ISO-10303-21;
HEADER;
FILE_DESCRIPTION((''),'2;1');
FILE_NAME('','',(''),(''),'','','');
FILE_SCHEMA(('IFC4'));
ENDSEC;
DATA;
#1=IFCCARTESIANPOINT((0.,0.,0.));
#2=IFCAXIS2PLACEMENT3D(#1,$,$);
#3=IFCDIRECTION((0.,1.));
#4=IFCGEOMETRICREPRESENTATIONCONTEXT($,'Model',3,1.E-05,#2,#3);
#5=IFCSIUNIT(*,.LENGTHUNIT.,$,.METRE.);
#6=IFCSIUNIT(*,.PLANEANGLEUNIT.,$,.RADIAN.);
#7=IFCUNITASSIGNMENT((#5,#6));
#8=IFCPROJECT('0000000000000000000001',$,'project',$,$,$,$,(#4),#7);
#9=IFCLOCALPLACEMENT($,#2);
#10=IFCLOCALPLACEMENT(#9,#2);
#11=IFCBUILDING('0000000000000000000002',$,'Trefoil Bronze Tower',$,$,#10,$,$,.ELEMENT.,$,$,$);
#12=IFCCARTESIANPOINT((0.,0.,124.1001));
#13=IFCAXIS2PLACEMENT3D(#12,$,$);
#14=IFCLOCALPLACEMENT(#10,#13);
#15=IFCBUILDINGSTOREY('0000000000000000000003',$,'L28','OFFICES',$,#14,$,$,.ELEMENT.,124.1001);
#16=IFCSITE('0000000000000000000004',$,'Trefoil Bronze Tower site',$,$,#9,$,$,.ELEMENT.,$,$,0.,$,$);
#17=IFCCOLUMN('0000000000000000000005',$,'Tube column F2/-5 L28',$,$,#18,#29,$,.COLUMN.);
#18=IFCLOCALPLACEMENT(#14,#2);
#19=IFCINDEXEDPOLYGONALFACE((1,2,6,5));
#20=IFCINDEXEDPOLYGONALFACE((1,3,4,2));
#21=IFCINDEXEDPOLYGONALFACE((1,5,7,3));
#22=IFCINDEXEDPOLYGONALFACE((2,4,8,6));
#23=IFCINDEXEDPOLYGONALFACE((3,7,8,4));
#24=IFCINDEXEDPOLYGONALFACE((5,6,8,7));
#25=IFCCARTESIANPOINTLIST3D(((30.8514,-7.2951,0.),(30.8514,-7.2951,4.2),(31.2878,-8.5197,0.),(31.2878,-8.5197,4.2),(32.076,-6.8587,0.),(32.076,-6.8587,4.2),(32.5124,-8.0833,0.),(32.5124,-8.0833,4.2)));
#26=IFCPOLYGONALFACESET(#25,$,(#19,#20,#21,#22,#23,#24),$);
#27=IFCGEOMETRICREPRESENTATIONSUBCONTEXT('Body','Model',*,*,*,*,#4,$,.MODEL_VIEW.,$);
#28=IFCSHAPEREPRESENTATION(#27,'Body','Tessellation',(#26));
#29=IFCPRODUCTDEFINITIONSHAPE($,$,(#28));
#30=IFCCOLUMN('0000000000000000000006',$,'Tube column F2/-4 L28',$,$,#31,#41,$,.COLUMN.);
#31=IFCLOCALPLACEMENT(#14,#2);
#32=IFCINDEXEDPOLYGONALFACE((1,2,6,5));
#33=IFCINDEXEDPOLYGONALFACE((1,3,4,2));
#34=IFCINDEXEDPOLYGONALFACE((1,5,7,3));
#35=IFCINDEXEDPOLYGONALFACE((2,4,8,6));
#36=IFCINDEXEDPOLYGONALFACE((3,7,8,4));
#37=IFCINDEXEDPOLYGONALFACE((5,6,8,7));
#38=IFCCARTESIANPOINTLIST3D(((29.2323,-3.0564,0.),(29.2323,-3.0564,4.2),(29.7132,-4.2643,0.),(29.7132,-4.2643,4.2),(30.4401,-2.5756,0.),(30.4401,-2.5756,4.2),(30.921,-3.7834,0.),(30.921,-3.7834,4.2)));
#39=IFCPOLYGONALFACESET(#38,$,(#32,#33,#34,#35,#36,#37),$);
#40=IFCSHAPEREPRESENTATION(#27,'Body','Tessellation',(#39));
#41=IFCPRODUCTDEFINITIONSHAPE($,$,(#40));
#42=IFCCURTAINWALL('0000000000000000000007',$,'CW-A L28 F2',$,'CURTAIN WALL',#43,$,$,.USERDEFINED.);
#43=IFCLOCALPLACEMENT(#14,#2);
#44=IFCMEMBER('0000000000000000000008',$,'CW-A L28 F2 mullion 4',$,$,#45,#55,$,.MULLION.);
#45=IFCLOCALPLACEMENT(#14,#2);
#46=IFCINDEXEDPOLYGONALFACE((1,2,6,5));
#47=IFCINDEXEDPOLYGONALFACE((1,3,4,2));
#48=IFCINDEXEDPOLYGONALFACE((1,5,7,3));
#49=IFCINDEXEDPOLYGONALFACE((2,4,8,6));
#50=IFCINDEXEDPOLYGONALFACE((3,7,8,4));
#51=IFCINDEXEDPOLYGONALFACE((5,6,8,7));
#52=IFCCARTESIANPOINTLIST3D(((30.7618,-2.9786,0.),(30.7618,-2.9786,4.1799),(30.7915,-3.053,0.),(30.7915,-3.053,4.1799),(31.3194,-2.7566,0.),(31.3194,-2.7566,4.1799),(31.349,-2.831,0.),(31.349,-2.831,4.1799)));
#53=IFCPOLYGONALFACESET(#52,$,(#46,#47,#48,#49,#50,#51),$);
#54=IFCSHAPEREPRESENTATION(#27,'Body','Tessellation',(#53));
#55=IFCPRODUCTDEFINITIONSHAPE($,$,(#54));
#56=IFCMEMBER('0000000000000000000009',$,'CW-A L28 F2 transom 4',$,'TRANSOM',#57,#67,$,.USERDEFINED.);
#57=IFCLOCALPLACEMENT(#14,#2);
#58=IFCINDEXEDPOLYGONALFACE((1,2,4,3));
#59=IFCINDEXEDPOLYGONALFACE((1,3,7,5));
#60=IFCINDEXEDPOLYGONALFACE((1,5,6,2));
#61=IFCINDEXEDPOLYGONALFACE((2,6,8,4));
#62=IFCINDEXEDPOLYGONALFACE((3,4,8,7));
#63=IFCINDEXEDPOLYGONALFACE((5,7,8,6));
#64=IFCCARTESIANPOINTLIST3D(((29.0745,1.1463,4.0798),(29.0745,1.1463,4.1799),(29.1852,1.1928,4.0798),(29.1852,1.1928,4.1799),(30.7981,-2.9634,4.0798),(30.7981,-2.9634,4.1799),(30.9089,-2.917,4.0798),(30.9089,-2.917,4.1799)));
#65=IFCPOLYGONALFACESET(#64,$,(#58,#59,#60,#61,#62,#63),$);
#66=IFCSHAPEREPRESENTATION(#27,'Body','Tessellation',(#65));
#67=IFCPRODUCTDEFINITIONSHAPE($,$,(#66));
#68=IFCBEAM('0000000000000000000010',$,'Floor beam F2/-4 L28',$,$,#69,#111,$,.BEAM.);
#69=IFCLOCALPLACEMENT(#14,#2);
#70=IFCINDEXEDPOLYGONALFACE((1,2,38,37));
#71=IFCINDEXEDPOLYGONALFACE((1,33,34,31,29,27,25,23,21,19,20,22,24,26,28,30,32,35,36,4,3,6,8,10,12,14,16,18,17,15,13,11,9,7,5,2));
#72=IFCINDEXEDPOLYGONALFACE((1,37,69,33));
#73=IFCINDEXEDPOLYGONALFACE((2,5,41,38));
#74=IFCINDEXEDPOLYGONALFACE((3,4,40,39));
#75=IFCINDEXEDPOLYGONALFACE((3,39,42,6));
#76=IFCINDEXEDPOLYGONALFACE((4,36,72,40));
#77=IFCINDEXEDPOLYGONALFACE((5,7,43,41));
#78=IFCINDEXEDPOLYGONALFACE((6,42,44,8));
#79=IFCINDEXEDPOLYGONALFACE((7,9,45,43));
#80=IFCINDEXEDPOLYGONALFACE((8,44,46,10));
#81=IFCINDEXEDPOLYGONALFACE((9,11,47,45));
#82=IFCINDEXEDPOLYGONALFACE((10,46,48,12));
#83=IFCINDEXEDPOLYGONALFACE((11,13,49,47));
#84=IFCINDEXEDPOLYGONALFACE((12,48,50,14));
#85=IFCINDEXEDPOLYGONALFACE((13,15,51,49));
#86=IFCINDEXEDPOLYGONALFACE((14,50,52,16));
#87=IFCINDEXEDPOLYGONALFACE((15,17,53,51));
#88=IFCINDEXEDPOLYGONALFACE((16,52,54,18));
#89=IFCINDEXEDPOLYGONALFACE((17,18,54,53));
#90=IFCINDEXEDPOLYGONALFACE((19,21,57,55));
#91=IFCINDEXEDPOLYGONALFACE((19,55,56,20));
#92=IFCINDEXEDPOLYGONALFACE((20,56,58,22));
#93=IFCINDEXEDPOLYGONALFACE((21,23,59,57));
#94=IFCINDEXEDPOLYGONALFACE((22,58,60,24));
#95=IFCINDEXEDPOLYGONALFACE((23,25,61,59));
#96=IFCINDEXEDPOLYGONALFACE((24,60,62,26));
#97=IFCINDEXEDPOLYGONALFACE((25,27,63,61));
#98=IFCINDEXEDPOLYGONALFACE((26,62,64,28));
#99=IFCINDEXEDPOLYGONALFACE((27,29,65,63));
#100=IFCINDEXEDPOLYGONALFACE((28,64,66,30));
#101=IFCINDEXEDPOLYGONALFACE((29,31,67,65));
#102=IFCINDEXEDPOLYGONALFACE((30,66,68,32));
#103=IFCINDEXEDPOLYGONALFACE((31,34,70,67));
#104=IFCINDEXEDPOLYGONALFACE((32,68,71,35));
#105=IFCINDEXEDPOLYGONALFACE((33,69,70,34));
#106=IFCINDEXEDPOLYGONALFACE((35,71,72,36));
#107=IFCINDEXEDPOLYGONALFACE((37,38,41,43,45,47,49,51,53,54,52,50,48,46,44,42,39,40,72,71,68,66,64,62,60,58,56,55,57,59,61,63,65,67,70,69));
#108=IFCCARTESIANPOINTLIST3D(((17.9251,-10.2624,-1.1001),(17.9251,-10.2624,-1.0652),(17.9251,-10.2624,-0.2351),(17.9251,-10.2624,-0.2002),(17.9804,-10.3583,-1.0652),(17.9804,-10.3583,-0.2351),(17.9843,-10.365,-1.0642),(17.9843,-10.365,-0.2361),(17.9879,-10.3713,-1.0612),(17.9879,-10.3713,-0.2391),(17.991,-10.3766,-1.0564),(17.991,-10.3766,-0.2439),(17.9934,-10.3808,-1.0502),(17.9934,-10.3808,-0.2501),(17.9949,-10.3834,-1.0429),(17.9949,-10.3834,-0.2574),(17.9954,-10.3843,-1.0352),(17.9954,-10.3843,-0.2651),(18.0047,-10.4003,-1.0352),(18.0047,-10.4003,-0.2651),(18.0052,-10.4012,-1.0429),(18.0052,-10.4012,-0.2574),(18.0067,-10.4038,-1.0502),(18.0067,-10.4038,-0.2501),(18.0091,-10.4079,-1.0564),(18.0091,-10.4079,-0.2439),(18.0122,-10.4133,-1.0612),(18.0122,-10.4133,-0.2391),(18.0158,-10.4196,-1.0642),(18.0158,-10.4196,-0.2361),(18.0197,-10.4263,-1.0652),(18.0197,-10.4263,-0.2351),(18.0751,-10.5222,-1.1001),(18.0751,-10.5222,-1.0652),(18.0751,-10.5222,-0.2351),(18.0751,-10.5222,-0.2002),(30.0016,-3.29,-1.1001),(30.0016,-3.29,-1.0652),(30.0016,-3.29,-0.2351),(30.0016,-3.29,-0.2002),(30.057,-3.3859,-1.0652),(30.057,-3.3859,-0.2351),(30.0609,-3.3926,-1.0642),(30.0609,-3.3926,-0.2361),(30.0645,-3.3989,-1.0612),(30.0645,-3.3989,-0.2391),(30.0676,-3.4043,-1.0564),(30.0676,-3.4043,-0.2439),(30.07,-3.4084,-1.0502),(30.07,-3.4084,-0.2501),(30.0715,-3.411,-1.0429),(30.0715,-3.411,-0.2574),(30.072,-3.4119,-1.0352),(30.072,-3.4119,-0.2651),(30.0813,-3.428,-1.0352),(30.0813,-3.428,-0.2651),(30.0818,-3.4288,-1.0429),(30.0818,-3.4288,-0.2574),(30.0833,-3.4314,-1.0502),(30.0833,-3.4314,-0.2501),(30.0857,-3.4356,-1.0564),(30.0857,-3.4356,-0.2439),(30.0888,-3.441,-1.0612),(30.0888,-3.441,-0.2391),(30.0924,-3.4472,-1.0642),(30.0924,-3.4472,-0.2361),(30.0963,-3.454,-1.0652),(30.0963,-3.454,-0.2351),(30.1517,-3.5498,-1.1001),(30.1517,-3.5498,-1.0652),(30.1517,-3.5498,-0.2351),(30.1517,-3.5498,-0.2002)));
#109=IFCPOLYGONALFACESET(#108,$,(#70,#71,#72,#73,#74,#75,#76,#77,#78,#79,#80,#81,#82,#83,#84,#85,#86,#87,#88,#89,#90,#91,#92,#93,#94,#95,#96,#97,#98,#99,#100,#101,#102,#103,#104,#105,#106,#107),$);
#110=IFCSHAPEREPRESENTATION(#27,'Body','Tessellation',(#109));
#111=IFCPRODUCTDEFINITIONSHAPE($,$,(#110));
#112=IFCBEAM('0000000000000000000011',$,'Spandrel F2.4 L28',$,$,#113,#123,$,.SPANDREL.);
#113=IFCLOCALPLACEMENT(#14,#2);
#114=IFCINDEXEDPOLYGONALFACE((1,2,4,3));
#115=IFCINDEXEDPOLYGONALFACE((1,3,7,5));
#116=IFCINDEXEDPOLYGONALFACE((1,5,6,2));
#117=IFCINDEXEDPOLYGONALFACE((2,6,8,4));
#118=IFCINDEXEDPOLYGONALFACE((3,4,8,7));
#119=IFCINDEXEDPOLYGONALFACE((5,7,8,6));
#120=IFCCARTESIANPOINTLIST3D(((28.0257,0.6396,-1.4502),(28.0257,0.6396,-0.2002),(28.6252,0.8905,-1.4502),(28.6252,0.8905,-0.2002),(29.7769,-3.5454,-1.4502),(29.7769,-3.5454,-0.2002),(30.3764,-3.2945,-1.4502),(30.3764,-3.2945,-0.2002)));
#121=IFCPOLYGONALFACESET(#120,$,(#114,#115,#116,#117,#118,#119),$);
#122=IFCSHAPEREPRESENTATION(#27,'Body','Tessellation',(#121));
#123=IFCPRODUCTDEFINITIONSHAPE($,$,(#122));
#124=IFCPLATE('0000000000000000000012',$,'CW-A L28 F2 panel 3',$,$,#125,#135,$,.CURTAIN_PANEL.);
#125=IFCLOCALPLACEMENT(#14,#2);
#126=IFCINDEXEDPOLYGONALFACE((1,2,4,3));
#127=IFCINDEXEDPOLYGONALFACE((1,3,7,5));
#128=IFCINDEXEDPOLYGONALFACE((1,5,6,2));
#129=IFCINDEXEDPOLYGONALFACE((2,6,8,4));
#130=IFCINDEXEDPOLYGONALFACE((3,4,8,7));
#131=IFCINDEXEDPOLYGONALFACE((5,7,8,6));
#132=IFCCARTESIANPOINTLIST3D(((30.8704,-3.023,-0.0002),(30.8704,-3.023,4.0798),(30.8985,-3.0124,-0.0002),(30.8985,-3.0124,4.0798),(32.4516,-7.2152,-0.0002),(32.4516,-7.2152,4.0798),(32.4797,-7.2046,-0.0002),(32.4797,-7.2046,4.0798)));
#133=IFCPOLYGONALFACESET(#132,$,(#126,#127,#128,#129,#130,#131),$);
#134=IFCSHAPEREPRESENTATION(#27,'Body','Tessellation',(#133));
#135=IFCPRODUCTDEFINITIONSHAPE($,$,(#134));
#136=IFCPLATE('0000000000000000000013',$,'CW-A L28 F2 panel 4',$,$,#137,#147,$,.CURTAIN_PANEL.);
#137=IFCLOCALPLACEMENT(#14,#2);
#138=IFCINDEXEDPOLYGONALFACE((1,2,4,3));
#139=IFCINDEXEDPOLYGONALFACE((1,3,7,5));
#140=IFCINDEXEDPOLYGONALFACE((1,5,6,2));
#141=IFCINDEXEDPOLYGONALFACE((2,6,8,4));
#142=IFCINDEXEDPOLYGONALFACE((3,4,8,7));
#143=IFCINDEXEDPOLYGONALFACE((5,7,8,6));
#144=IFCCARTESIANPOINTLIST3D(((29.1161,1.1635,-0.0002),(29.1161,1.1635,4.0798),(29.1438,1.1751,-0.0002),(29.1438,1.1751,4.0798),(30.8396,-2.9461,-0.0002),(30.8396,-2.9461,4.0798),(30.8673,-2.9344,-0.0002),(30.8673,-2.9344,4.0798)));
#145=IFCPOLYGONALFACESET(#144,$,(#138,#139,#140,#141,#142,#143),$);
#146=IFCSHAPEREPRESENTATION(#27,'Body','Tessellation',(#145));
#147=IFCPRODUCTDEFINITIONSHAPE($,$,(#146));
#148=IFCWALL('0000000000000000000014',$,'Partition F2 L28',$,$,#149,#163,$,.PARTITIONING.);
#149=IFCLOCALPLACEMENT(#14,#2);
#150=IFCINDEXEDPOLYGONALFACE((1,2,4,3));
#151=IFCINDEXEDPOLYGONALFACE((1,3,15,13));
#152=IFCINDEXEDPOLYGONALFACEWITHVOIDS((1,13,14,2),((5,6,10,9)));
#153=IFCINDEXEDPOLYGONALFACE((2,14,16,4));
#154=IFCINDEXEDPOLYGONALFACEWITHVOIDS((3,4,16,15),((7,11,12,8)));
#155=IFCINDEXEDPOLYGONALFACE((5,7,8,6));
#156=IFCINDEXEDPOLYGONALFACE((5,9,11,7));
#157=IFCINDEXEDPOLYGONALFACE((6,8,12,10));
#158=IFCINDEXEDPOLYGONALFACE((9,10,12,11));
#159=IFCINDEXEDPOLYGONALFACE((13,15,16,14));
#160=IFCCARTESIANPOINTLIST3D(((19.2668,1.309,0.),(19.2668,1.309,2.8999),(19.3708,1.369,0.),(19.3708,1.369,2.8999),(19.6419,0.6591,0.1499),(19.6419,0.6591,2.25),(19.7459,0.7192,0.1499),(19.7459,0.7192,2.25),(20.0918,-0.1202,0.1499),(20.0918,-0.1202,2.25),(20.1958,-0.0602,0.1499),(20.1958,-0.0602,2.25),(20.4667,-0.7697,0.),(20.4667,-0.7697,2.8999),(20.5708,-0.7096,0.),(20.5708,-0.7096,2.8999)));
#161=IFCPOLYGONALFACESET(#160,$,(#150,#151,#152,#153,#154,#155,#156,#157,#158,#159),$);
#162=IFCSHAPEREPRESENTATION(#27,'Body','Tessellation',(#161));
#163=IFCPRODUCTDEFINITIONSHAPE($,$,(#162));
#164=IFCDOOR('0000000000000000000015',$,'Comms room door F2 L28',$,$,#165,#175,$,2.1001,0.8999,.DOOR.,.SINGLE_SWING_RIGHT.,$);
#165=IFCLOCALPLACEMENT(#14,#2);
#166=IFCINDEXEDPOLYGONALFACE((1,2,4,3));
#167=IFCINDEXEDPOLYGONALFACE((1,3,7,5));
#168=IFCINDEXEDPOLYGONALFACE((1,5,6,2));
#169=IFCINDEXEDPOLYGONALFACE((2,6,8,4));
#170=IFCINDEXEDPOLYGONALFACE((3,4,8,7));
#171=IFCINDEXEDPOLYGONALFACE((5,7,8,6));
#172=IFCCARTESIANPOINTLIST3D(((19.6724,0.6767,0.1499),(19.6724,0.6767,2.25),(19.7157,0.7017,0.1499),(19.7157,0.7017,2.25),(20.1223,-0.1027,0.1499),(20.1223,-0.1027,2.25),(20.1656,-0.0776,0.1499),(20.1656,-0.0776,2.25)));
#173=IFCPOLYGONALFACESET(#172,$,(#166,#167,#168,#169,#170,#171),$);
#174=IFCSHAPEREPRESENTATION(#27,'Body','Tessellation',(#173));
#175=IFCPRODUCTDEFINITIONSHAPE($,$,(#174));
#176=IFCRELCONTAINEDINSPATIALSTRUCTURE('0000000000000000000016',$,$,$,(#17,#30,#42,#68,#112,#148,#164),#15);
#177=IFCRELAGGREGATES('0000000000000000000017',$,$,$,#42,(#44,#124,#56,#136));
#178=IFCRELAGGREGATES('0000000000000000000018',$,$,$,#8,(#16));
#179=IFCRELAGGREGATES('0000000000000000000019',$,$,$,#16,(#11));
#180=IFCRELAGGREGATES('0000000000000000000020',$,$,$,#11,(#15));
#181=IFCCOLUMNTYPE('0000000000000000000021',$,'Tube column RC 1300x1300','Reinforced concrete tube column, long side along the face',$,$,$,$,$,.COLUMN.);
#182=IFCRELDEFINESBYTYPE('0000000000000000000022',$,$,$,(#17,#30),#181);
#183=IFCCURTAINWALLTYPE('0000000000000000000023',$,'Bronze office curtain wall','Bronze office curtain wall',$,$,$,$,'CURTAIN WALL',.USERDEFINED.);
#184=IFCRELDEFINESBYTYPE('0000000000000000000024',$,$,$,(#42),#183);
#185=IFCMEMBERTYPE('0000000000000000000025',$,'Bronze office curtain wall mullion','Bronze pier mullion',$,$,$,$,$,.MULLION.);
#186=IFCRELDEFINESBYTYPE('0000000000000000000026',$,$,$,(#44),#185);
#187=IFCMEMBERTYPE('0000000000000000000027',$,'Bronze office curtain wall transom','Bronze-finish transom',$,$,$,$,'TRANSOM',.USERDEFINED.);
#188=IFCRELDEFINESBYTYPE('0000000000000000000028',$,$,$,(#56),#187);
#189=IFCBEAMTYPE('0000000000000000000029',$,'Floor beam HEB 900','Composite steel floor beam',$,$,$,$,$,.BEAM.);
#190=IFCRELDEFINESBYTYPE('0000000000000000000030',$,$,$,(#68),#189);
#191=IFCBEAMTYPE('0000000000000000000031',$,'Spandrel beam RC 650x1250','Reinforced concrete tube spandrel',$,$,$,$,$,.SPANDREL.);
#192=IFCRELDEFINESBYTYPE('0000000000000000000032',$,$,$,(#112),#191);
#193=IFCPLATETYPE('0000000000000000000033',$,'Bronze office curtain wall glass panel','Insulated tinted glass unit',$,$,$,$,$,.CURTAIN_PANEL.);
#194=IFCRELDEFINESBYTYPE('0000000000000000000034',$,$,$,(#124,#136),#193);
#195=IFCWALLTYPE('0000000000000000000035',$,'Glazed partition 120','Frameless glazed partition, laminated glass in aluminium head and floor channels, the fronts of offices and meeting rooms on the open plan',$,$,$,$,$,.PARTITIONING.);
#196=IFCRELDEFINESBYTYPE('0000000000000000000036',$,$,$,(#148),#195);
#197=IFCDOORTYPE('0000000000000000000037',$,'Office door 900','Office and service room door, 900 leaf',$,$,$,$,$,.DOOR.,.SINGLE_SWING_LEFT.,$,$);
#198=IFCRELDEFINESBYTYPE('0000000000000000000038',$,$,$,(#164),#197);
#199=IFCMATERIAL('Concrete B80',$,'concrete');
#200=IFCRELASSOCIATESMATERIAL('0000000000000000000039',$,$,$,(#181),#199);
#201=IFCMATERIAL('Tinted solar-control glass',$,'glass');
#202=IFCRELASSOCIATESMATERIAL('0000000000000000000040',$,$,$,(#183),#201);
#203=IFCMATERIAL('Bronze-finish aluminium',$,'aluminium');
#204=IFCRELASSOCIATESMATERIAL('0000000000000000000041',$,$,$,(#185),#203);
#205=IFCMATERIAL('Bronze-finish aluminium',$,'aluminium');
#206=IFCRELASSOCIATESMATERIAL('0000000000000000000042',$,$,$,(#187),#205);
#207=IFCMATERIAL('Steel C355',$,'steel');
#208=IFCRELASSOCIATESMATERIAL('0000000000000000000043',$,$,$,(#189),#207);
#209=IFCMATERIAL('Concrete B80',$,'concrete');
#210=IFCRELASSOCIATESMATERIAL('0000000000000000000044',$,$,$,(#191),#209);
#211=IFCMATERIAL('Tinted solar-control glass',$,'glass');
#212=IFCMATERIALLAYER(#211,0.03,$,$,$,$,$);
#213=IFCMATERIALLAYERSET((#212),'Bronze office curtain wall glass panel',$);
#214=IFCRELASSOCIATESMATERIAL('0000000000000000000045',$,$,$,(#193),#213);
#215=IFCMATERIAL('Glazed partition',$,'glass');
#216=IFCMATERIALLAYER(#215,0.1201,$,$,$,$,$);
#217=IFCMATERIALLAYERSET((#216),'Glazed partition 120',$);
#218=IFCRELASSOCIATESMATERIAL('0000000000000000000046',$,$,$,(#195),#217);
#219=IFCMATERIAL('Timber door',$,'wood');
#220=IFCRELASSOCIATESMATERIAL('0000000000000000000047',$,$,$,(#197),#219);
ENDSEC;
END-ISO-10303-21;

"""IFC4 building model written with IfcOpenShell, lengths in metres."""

from ifc_helpers import new_model, si_unit, direction, frame, frame_2d, origin, origin_2d, place, context, subcontext, project, spatial, rectangle, i_section, extrude, material, layer, layer_set, material_profile, profile_set, type_object, element, fill, aggregate, save


model = new_model("IFC4")

# Units and contexts
model_context = context("Model", 3, precision=1e-05, world=origin(), true_north=direction((0.0, 1.0)))
body_context = subcontext(model_context, "Body", "Model", "MODEL_VIEW")
ifc_project = project(units=[si_unit("LENGTHUNIT", "METRE"), si_unit("PLANEANGLEUNIT", "RADIAN")], contexts=[model_context])

# Site, building, storey
site_placement = place(None, origin())
site = spatial("IfcSite", under=ifc_project, at=site_placement, Name="Trefoil Bronze Tower site", CompositionType="ELEMENT", RefElevation=0.0)
building_placement = place(site_placement, origin())
building = spatial("IfcBuilding", under=site, at=building_placement, Name="Trefoil Bronze Tower", CompositionType="ELEMENT")
storey_placement = place(building_placement, frame((0.0, 0.0, 124.1001)))
storey = spatial("IfcBuildingStorey", under=building, at=storey_placement, Name="L28", Description="OFFICES", CompositionType="ELEMENT", Elevation=124.1001)

# Columns
ifc_material_1 = material(Name="Concrete B80", Category="concrete")
ifc_material_profile_1 = material_profile(ifc_material_1, rectangle(XDim=1.3, YDim=1.3, at=origin_2d()), Name="RC 1300x1300")
ifc_profile_set_1 = profile_set([ifc_material_profile_1], Name="Concrete B80")
column_type = type_object("IfcColumnType", Name="Tube column RC 1300x1300", Description="Reinforced concrete tube column, long side along the face", PredefinedType="COLUMN", material=ifc_profile_set_1)
for number, where, z_axis, x_axis, name in (
    (1, (31.6819, -7.6892, 0.0), (0.0, 0.0, 1.0), (-0.335718, 0.941963, 0.0), "Tube column F2/-5 L28"),
    (2, (30.0767, -3.4199, 0.0), (0.0, 0.0, 1.0), (-0.369901, 0.929071, 0.0), "Tube column F2/-4 L28"),
):
    element("IfcColumn", number, at=place(storey_placement, frame(where, z_axis=z_axis, x_axis=x_axis)), inside=storey, type_object=column_type, Name=name, PredefinedType="COLUMN", context=body_context, shape_type="SweptSolid", body=[
        extrude(rectangle(XDim=1.3, YDim=1.3, at=origin_2d()), origin(), (0.0, 0.0, 1.0), 4.2),
    ])

# Curtain wall, members
ifc_material_2 = material(Name="Tinted solar-control glass", Category="glass")
curtain_wall_type = type_object("IfcCurtainWallType", Name="Bronze office curtain wall", Description="Bronze office curtain wall", ElementType="CURTAIN WALL", PredefinedType="USERDEFINED", material=ifc_material_2)
curtain_wall_placement = place(storey_placement, origin())
curtain_wall = element("IfcCurtainWall", 3, at=curtain_wall_placement, inside=storey, type_object=curtain_wall_type, Name="CW-A L28 F2", ObjectType="CURTAIN WALL", PredefinedType="USERDEFINED")
ifc_material_3 = material(Name="Bronze-finish aluminium", Category="aluminium")
ifc_material_profile_2 = material_profile(ifc_material_3, rectangle(XDim=0.6001, YDim=0.0801, at=origin_2d()), Name="CW-A mullion")
ifc_profile_set_2 = profile_set([ifc_material_profile_2], Name="Bronze-finish aluminium")
member_type_1 = type_object("IfcMemberType", Name="Bronze office curtain wall mullion", Description="Bronze pier mullion", PredefinedType="MULLION", material=ifc_profile_set_2)
member_1_placement = place(storey_placement, frame((31.0554, -2.9048, 0.0), z_axis=(0.0, 0.0, 1.0), x_axis=(-0.929071, -0.369901, 0.0)))
member_1 = element("IfcMember", 4, at=member_1_placement, type_object=member_type_1, Name="CW-A L28 F2 mullion 4", PredefinedType="MULLION", context=body_context, shape_type="SweptSolid", body=[
    extrude(rectangle(XDim=0.6001, YDim=0.0801, at=origin_2d()), origin(), (0.0, 0.0, 1.0), 4.1799),
])
ifc_material_4 = material(Name="Bronze-finish aluminium", Category="aluminium")
ifc_material_profile_3 = material_profile(ifc_material_4, rectangle(XDim=0.1201, YDim=0.1001, at=origin_2d()), Name="CW-A transom")
ifc_profile_set_3 = profile_set([ifc_material_profile_3], Name="Bronze-finish aluminium")
member_type_2 = type_object("IfcMemberType", Name="Bronze office curtain wall transom", Description="Bronze-finish transom", ElementType="TRANSOM", PredefinedType="USERDEFINED", material=ifc_profile_set_3)
member_2_placement = place(storey_placement, frame((30.8535, -2.9402, 4.1299), z_axis=(-0.386773, 0.922175, 0.0), x_axis=(-0.922175, -0.386773, 0.0)))
member_2 = element("IfcMember", 5, at=member_2_placement, type_object=member_type_2, Name="CW-A L28 F2 transom 4", ObjectType="TRANSOM", PredefinedType="USERDEFINED", context=body_context, shape_type="SweptSolid", body=[
    extrude(rectangle(XDim=0.1201, YDim=0.1001, at=origin_2d()), origin(), (0.0, 0.0, 1.0), 4.4565),
])

# Beams
ifc_material_5 = material(Name="Steel C355", Category="steel")
ifc_material_profile_4 = material_profile(ifc_material_5, i_section(OverallWidth=0.3, OverallDepth=0.8999, WebThickness=0.0186, FlangeThickness=0.0349, FilletRadius=0.03, at=origin_2d()), Name="HEB 900")
ifc_profile_set_4 = profile_set([ifc_material_profile_4], Name="Steel C355")
beam_type_1 = type_object("IfcBeamType", Name="Floor beam HEB 900", Description="Composite steel floor beam", PredefinedType="BEAM", material=ifc_profile_set_4)
beam_1_placement = place(storey_placement, frame((30.0767, -3.4199, -0.6501), z_axis=(-0.866027, -0.499997, 0.0), x_axis=(0.499997, -0.866027, 0.0)))
element("IfcBeam", 6, at=beam_1_placement, inside=storey, type_object=beam_type_1, Name="Floor beam F2/-4 L28", PredefinedType="BEAM", context=body_context, shape_type="SweptSolid", body=[
    extrude(i_section(OverallWidth=0.3, OverallDepth=0.8999, WebThickness=0.0186, FlangeThickness=0.0349, FilletRadius=0.03, at=origin_2d()), origin(), (0.0, 0.0, 1.0), 13.9448),
])
ifc_material_6 = material(Name="Concrete B80", Category="concrete")
ifc_material_profile_5 = material_profile(ifc_material_6, rectangle(XDim=0.6499, YDim=1.25, at=origin_2d()), Name="RC 650x1250")
ifc_profile_set_5 = profile_set([ifc_material_profile_5], Name="Concrete B80")
beam_type_2 = type_object("IfcBeamType", Name="Spandrel beam RC 650x1250", Description="Reinforced concrete tube spandrel", PredefinedType="SPANDREL", material=ifc_profile_set_5)
beam_2_placement = place(storey_placement, frame((30.0767, -3.4199, -0.8252), z_axis=(-0.386013, 0.922493, 0.0), x_axis=(-0.922493, -0.386013, 0.0)))
element("IfcBeam", 7, at=beam_2_placement, inside=storey, type_object=beam_type_2, Name="Spandrel F2.4 L28", PredefinedType="SPANDREL", context=body_context, shape_type="SweptSolid", body=[
    extrude(rectangle(XDim=0.6499, YDim=1.25, at=origin_2d()), origin(), (0.0, 0.0, 1.0), 4.5366),
])

# Plates
ifc_material_7 = material(Name="Tinted solar-control glass", Category="glass")
ifc_layer_1 = layer(ifc_material_7, 0.03)
ifc_layer_set_1 = layer_set([ifc_layer_1], Name="Bronze office curtain wall glass panel")
plate_type = type_object("IfcPlateType", Name="Bronze office curtain wall glass panel", Description="Insulated tinted glass unit", PredefinedType="CURTAIN_PANEL", material=ifc_layer_set_1)
plate_1_placement = place(storey_placement, frame((31.675, -5.1138, -0.0002), z_axis=(0.0, 0.0, 1.0), x_axis=(-0.35292, 0.935654, 0.0)))
plate_1 = element("IfcPlate", 8, at=plate_1_placement, type_object=plate_type, Name="CW-A L28 F2 panel 3", PredefinedType="CURTAIN_PANEL", context=body_context, shape_type="SweptSolid", body=[
    extrude(rectangle(XDim=4.4805, YDim=0.03, at=origin_2d()), origin(), (0.0, 0.0, 1.0), 4.0801),
])
plate_2_placement = place(storey_placement, frame((29.9917, -0.8855, -0.0002), z_axis=(0.0, 0.0, 1.0), x_axis=(-0.386759, 0.922181, 0.0)))
plate_2 = element("IfcPlate", 9, at=plate_2_placement, type_object=plate_type, Name="CW-A L28 F2 panel 4", PredefinedType="CURTAIN_PANEL", context=body_context, shape_type="SweptSolid", body=[
    extrude(rectangle(XDim=4.4563, YDim=0.03, at=origin_2d()), origin(), (0.0, 0.0, 1.0), 4.0801),
])
aggregate(curtain_wall, [member_1, plate_1, member_2, plate_2])

# Wall, opening, door
ifc_material_8 = material(Name="Glazed partition", Category="glass")
ifc_layer_2 = layer(ifc_material_8, 0.1201)
ifc_layer_set_2 = layer_set([ifc_layer_2], Name="Glazed partition 120")
wall_type = type_object("IfcWallType", Name="Glazed partition 120", Description="Frameless glazed partition, laminated glass in aluminium head and floor channels, the fronts of offices and meeting rooms on the open plan", PredefinedType="PARTITIONING", material=ifc_layer_set_2)
wall_1_placement = place(storey_placement, frame((20.5188, -0.7397, 0.0), z_axis=(0.0, 0.0, 1.0), x_axis=(-0.499957, 0.86605, 0.0)))
wall_1 = element("IfcWall", 10, at=wall_1_placement, inside=storey, type_object=wall_type, Name="Partition F2 L28", PredefinedType="PARTITIONING", context=body_context, shape_type="SweptSolid", body=[
    extrude(rectangle(XDim=2.4001, YDim=0.1201, at=frame_2d((1.2002, 0.0))), origin(), (0.0, 0.0, 1.0), 2.8999),
])
opening_1_placement = place(wall_1_placement, frame((0.75, 0.0, 0.1499)))
opening_1 = element("IfcOpeningElement", 11, at=opening_1_placement, cuts=wall_1, PredefinedType="OPENING", context=body_context, shape_type="SweptSolid", body=[
    extrude(rectangle(XDim=0.8999, YDim=2.1001, at=frame_2d((0.45, 1.05))), frame((0.0, 0.0701, 0.0), z_axis=(0.0, -1.0, 0.0), x_axis=(1.0, 0.0, 0.0)), (0.0, 0.0, 1.0), 0.1401),
])
ifc_material_9 = material(Name="Timber door", Category="wood")
door_type = type_object("IfcDoorType", Name="Office door 900", Description="Office and service room door, 900 leaf", OperationType="SINGLE_SWING_LEFT", PredefinedType="DOOR", material=ifc_material_9)
door_1_placement = place(opening_1_placement, origin())
door_1 = element("IfcDoor", 12, at=door_1_placement, inside=storey, type_object=door_type, Name="Comms room door F2 L28", OperationType="SINGLE_SWING_RIGHT", OverallHeight=2.1001, OverallWidth=0.8999, PredefinedType="DOOR", context=body_context, shape_type="SweptSolid", body=[
    extrude(rectangle(XDim=0.8999, YDim=2.1001, at=frame_2d((0.45, 1.05))), frame((0.0, 0.0249, 0.0), z_axis=(0.0, -1.0, 0.0), x_axis=(1.0, 0.0, 0.0)), (0.0, 0.0, 1.0), 0.05),
])
fill(opening_1, door_1)

save(model, "model.ifc")
